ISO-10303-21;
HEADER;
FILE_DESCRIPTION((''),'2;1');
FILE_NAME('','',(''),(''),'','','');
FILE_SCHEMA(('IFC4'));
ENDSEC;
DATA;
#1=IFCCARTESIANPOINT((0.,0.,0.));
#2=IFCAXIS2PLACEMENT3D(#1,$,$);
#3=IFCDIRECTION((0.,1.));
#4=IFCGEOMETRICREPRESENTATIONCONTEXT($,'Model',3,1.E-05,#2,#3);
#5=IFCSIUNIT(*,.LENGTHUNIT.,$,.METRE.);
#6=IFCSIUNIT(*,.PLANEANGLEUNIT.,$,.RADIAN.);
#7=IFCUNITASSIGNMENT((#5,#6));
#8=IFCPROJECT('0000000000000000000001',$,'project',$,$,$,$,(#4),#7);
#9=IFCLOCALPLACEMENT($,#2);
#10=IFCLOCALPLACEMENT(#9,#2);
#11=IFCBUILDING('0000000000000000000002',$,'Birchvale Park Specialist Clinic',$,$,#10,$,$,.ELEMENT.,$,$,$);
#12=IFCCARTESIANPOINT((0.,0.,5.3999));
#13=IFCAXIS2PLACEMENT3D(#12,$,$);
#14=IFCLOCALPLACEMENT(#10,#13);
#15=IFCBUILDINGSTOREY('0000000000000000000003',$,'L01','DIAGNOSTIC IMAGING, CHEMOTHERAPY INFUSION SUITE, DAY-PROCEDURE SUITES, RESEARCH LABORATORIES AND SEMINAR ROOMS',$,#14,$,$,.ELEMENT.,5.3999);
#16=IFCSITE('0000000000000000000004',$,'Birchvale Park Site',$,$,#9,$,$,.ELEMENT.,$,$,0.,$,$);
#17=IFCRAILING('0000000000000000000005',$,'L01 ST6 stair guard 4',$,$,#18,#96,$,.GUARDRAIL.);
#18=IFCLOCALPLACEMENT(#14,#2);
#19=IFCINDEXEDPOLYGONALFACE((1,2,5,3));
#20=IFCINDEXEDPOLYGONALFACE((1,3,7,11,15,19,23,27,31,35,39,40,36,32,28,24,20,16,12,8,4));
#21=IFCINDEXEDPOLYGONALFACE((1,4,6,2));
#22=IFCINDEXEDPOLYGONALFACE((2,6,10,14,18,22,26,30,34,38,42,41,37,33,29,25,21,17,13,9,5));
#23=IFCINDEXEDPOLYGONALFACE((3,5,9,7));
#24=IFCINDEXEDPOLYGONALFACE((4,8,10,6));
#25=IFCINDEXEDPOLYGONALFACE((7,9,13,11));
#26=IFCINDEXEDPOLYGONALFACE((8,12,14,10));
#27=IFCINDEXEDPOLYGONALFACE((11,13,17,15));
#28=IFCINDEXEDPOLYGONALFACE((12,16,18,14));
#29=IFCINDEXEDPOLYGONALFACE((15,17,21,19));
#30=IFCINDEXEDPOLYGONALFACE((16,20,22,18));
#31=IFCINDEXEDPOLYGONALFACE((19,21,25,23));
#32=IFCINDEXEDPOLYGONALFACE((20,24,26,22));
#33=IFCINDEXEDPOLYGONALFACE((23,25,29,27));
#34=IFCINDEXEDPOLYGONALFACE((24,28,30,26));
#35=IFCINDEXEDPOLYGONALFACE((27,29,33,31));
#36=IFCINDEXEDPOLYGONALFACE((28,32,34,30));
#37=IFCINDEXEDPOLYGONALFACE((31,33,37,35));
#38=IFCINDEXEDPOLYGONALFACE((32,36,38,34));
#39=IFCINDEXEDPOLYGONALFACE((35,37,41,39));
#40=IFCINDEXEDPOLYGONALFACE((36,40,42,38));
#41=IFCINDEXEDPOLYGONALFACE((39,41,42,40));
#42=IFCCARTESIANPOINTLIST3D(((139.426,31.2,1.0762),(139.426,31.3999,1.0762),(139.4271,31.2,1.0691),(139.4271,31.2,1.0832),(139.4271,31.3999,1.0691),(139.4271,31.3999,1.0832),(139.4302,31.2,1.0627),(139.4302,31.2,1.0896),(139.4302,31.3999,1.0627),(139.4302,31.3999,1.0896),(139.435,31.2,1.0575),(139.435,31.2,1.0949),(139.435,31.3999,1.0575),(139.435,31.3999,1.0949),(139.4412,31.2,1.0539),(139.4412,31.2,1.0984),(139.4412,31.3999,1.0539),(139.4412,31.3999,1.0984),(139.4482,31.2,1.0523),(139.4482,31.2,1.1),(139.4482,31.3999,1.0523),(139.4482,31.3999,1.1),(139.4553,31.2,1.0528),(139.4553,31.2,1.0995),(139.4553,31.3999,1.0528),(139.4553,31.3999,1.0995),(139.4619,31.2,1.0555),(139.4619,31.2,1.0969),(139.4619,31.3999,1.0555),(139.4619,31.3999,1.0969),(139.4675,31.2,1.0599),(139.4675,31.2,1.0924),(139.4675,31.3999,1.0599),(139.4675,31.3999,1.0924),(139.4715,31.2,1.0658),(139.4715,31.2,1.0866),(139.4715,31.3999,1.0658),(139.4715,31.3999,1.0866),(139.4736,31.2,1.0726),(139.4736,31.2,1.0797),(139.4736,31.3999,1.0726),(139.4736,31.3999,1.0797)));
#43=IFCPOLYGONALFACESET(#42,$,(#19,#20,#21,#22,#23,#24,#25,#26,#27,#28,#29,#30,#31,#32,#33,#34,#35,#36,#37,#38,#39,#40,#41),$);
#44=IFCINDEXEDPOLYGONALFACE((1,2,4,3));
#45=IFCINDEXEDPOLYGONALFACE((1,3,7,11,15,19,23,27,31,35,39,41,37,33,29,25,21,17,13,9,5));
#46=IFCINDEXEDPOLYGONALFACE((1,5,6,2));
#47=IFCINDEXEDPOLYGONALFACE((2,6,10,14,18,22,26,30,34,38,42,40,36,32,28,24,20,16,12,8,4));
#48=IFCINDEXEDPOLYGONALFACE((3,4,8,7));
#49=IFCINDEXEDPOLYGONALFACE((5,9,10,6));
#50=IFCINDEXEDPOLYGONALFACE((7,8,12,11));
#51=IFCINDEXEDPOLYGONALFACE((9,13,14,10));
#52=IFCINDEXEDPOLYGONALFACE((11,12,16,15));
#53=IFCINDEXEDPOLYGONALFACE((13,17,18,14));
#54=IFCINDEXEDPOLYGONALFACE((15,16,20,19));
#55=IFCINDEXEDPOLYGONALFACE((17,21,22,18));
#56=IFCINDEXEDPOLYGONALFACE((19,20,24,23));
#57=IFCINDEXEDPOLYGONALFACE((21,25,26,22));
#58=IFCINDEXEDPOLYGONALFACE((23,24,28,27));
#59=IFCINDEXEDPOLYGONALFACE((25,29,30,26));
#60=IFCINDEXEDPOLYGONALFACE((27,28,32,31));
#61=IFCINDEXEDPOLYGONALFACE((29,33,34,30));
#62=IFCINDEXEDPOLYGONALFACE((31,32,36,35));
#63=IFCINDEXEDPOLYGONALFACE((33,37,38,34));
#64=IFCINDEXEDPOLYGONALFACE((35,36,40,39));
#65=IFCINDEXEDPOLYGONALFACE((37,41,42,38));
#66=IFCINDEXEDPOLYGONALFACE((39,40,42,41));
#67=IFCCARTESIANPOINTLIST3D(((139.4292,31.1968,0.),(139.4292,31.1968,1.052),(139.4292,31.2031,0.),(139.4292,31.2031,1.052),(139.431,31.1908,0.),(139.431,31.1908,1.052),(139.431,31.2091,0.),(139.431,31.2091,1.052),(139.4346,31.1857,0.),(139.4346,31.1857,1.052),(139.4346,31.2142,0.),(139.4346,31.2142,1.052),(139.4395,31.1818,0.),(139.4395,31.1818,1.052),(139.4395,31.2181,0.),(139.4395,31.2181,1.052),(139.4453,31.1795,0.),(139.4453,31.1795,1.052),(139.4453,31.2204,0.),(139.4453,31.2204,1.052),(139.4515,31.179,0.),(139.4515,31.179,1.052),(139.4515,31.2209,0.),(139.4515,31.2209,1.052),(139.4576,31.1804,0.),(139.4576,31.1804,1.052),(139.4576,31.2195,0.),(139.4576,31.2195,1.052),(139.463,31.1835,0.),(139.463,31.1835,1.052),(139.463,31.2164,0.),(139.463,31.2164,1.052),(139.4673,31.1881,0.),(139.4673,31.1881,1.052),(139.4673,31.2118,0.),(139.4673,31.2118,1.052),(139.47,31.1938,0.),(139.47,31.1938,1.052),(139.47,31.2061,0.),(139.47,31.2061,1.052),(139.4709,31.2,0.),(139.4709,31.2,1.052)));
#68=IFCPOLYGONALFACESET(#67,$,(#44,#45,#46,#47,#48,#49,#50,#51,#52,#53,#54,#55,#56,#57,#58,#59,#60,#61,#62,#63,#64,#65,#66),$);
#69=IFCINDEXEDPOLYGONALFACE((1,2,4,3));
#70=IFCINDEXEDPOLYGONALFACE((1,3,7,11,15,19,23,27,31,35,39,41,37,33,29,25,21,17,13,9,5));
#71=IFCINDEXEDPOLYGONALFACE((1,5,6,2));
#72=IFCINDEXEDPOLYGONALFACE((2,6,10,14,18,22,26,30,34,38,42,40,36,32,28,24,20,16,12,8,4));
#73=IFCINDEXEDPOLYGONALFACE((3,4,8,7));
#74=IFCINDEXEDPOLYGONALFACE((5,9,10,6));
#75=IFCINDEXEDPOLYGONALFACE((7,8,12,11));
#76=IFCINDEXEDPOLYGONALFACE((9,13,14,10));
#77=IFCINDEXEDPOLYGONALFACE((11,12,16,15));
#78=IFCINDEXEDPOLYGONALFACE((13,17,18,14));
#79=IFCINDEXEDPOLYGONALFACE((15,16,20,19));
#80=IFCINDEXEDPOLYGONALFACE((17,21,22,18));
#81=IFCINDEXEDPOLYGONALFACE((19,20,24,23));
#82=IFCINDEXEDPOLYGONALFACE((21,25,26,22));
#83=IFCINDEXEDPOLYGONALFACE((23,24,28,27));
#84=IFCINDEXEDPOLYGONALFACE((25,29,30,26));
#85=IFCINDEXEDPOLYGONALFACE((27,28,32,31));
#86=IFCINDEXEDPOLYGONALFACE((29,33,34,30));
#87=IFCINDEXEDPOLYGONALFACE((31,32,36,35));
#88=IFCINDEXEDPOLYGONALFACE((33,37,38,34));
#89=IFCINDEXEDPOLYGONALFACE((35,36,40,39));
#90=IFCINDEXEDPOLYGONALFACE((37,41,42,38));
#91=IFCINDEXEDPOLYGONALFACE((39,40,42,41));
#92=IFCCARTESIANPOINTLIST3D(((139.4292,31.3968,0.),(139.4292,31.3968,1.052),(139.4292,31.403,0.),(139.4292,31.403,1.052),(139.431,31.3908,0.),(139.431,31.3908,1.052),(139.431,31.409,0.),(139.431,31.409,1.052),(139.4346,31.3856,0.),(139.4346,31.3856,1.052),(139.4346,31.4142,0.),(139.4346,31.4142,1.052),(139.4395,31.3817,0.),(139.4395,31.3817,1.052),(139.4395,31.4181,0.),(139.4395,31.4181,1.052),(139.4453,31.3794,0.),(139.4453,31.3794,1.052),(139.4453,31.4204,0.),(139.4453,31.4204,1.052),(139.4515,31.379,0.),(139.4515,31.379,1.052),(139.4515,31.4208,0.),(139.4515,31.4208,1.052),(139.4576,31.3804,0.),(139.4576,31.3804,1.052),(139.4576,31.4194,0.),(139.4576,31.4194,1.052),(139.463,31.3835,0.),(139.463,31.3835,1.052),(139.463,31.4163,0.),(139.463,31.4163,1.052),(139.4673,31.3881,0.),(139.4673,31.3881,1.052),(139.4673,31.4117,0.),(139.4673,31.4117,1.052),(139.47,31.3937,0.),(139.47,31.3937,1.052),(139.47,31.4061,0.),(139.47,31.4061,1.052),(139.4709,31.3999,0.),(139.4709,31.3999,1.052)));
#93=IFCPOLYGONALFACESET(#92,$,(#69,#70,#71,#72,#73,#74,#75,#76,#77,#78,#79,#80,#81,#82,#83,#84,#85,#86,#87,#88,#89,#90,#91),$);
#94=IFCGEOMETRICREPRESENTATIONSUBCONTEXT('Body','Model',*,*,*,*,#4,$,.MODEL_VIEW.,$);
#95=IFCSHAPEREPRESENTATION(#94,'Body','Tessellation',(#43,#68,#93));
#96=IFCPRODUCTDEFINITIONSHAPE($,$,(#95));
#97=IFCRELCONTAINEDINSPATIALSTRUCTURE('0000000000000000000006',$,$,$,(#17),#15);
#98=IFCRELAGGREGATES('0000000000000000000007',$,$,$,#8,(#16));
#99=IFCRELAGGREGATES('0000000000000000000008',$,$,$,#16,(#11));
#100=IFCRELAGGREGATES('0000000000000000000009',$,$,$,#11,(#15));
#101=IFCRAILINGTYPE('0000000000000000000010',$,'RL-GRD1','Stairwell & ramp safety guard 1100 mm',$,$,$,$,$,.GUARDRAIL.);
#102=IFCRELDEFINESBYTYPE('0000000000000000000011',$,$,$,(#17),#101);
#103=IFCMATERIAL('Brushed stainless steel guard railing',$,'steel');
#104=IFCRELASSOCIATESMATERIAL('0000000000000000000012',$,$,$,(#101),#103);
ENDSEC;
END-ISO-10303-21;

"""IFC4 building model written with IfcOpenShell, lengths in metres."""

from ifc_helpers import new_model, si_unit, direction, frame, origin, origin_2d, place, context, subcontext, project, spatial, circle, extrude, material, type_object, element, save


model = new_model("IFC4")

# Units and contexts
model_context = context("Model", 3, precision=1e-05, world=origin(), true_north=direction((0.0, 1.0)))
body_context = subcontext(model_context, "Body", "Model", "MODEL_VIEW")
ifc_project = project(units=[si_unit("LENGTHUNIT", "METRE"), si_unit("PLANEANGLEUNIT", "RADIAN")], contexts=[model_context])

# Site, building, storey
site_placement = place(None, origin())
site = spatial("IfcSite", under=ifc_project, at=site_placement, Name="Birchvale Park Site", CompositionType="ELEMENT", RefElevation=0.0)
building_placement = place(site_placement, origin())
building = spatial("IfcBuilding", under=site, at=building_placement, Name="Birchvale Park Specialist Clinic", CompositionType="ELEMENT")
storey_placement = place(building_placement, frame((0.0, 0.0, 5.3999)))
storey = spatial("IfcBuildingStorey", under=building, at=storey_placement, Name="L01", Description="DIAGNOSTIC IMAGING, CHEMOTHERAPY INFUSION SUITE, DAY-PROCEDURE SUITES, RESEARCH LABORATORIES AND SEMINAR ROOMS", CompositionType="ELEMENT", Elevation=5.3999)

# Railing
ifc_material_1 = material(Name="Brushed stainless steel guard railing", Category="steel")
railing_type_1 = type_object("IfcRailingType", Name="RL-GRD1", Description="Stairwell & ramp safety guard 1100 mm", PredefinedType="GUARDRAIL", material=ifc_material_1)
railing_1_placement = place(storey_placement, frame((139.45, 31.2, 0.0)))
element("IfcRailing", 1, at=railing_1_placement, inside=storey, type_object=railing_type_1, Name="L01 ST6 stair guard 4", PredefinedType="GUARDRAIL", context=body_context, shape_type="SweptSolid", body=[
    extrude(circle(Radius=0.0239, at=origin_2d()), frame((0.0, 0.0, 1.0762), z_axis=(0.0, 1.0, 0.0), x_axis=(-1.0, 0.0, 0.0)), (0.0, 0.0, 1.0), 0.2),
    extrude(circle(Radius=0.021, at=origin_2d()), origin(), (0.0, 0.0, 1.0), 1.052),
    extrude(circle(Radius=0.021, at=origin_2d()), frame((0.0, 0.2, 0.0)), (0.0, 0.0, 1.0), 1.052),
])

save(model, "model.ifc")
